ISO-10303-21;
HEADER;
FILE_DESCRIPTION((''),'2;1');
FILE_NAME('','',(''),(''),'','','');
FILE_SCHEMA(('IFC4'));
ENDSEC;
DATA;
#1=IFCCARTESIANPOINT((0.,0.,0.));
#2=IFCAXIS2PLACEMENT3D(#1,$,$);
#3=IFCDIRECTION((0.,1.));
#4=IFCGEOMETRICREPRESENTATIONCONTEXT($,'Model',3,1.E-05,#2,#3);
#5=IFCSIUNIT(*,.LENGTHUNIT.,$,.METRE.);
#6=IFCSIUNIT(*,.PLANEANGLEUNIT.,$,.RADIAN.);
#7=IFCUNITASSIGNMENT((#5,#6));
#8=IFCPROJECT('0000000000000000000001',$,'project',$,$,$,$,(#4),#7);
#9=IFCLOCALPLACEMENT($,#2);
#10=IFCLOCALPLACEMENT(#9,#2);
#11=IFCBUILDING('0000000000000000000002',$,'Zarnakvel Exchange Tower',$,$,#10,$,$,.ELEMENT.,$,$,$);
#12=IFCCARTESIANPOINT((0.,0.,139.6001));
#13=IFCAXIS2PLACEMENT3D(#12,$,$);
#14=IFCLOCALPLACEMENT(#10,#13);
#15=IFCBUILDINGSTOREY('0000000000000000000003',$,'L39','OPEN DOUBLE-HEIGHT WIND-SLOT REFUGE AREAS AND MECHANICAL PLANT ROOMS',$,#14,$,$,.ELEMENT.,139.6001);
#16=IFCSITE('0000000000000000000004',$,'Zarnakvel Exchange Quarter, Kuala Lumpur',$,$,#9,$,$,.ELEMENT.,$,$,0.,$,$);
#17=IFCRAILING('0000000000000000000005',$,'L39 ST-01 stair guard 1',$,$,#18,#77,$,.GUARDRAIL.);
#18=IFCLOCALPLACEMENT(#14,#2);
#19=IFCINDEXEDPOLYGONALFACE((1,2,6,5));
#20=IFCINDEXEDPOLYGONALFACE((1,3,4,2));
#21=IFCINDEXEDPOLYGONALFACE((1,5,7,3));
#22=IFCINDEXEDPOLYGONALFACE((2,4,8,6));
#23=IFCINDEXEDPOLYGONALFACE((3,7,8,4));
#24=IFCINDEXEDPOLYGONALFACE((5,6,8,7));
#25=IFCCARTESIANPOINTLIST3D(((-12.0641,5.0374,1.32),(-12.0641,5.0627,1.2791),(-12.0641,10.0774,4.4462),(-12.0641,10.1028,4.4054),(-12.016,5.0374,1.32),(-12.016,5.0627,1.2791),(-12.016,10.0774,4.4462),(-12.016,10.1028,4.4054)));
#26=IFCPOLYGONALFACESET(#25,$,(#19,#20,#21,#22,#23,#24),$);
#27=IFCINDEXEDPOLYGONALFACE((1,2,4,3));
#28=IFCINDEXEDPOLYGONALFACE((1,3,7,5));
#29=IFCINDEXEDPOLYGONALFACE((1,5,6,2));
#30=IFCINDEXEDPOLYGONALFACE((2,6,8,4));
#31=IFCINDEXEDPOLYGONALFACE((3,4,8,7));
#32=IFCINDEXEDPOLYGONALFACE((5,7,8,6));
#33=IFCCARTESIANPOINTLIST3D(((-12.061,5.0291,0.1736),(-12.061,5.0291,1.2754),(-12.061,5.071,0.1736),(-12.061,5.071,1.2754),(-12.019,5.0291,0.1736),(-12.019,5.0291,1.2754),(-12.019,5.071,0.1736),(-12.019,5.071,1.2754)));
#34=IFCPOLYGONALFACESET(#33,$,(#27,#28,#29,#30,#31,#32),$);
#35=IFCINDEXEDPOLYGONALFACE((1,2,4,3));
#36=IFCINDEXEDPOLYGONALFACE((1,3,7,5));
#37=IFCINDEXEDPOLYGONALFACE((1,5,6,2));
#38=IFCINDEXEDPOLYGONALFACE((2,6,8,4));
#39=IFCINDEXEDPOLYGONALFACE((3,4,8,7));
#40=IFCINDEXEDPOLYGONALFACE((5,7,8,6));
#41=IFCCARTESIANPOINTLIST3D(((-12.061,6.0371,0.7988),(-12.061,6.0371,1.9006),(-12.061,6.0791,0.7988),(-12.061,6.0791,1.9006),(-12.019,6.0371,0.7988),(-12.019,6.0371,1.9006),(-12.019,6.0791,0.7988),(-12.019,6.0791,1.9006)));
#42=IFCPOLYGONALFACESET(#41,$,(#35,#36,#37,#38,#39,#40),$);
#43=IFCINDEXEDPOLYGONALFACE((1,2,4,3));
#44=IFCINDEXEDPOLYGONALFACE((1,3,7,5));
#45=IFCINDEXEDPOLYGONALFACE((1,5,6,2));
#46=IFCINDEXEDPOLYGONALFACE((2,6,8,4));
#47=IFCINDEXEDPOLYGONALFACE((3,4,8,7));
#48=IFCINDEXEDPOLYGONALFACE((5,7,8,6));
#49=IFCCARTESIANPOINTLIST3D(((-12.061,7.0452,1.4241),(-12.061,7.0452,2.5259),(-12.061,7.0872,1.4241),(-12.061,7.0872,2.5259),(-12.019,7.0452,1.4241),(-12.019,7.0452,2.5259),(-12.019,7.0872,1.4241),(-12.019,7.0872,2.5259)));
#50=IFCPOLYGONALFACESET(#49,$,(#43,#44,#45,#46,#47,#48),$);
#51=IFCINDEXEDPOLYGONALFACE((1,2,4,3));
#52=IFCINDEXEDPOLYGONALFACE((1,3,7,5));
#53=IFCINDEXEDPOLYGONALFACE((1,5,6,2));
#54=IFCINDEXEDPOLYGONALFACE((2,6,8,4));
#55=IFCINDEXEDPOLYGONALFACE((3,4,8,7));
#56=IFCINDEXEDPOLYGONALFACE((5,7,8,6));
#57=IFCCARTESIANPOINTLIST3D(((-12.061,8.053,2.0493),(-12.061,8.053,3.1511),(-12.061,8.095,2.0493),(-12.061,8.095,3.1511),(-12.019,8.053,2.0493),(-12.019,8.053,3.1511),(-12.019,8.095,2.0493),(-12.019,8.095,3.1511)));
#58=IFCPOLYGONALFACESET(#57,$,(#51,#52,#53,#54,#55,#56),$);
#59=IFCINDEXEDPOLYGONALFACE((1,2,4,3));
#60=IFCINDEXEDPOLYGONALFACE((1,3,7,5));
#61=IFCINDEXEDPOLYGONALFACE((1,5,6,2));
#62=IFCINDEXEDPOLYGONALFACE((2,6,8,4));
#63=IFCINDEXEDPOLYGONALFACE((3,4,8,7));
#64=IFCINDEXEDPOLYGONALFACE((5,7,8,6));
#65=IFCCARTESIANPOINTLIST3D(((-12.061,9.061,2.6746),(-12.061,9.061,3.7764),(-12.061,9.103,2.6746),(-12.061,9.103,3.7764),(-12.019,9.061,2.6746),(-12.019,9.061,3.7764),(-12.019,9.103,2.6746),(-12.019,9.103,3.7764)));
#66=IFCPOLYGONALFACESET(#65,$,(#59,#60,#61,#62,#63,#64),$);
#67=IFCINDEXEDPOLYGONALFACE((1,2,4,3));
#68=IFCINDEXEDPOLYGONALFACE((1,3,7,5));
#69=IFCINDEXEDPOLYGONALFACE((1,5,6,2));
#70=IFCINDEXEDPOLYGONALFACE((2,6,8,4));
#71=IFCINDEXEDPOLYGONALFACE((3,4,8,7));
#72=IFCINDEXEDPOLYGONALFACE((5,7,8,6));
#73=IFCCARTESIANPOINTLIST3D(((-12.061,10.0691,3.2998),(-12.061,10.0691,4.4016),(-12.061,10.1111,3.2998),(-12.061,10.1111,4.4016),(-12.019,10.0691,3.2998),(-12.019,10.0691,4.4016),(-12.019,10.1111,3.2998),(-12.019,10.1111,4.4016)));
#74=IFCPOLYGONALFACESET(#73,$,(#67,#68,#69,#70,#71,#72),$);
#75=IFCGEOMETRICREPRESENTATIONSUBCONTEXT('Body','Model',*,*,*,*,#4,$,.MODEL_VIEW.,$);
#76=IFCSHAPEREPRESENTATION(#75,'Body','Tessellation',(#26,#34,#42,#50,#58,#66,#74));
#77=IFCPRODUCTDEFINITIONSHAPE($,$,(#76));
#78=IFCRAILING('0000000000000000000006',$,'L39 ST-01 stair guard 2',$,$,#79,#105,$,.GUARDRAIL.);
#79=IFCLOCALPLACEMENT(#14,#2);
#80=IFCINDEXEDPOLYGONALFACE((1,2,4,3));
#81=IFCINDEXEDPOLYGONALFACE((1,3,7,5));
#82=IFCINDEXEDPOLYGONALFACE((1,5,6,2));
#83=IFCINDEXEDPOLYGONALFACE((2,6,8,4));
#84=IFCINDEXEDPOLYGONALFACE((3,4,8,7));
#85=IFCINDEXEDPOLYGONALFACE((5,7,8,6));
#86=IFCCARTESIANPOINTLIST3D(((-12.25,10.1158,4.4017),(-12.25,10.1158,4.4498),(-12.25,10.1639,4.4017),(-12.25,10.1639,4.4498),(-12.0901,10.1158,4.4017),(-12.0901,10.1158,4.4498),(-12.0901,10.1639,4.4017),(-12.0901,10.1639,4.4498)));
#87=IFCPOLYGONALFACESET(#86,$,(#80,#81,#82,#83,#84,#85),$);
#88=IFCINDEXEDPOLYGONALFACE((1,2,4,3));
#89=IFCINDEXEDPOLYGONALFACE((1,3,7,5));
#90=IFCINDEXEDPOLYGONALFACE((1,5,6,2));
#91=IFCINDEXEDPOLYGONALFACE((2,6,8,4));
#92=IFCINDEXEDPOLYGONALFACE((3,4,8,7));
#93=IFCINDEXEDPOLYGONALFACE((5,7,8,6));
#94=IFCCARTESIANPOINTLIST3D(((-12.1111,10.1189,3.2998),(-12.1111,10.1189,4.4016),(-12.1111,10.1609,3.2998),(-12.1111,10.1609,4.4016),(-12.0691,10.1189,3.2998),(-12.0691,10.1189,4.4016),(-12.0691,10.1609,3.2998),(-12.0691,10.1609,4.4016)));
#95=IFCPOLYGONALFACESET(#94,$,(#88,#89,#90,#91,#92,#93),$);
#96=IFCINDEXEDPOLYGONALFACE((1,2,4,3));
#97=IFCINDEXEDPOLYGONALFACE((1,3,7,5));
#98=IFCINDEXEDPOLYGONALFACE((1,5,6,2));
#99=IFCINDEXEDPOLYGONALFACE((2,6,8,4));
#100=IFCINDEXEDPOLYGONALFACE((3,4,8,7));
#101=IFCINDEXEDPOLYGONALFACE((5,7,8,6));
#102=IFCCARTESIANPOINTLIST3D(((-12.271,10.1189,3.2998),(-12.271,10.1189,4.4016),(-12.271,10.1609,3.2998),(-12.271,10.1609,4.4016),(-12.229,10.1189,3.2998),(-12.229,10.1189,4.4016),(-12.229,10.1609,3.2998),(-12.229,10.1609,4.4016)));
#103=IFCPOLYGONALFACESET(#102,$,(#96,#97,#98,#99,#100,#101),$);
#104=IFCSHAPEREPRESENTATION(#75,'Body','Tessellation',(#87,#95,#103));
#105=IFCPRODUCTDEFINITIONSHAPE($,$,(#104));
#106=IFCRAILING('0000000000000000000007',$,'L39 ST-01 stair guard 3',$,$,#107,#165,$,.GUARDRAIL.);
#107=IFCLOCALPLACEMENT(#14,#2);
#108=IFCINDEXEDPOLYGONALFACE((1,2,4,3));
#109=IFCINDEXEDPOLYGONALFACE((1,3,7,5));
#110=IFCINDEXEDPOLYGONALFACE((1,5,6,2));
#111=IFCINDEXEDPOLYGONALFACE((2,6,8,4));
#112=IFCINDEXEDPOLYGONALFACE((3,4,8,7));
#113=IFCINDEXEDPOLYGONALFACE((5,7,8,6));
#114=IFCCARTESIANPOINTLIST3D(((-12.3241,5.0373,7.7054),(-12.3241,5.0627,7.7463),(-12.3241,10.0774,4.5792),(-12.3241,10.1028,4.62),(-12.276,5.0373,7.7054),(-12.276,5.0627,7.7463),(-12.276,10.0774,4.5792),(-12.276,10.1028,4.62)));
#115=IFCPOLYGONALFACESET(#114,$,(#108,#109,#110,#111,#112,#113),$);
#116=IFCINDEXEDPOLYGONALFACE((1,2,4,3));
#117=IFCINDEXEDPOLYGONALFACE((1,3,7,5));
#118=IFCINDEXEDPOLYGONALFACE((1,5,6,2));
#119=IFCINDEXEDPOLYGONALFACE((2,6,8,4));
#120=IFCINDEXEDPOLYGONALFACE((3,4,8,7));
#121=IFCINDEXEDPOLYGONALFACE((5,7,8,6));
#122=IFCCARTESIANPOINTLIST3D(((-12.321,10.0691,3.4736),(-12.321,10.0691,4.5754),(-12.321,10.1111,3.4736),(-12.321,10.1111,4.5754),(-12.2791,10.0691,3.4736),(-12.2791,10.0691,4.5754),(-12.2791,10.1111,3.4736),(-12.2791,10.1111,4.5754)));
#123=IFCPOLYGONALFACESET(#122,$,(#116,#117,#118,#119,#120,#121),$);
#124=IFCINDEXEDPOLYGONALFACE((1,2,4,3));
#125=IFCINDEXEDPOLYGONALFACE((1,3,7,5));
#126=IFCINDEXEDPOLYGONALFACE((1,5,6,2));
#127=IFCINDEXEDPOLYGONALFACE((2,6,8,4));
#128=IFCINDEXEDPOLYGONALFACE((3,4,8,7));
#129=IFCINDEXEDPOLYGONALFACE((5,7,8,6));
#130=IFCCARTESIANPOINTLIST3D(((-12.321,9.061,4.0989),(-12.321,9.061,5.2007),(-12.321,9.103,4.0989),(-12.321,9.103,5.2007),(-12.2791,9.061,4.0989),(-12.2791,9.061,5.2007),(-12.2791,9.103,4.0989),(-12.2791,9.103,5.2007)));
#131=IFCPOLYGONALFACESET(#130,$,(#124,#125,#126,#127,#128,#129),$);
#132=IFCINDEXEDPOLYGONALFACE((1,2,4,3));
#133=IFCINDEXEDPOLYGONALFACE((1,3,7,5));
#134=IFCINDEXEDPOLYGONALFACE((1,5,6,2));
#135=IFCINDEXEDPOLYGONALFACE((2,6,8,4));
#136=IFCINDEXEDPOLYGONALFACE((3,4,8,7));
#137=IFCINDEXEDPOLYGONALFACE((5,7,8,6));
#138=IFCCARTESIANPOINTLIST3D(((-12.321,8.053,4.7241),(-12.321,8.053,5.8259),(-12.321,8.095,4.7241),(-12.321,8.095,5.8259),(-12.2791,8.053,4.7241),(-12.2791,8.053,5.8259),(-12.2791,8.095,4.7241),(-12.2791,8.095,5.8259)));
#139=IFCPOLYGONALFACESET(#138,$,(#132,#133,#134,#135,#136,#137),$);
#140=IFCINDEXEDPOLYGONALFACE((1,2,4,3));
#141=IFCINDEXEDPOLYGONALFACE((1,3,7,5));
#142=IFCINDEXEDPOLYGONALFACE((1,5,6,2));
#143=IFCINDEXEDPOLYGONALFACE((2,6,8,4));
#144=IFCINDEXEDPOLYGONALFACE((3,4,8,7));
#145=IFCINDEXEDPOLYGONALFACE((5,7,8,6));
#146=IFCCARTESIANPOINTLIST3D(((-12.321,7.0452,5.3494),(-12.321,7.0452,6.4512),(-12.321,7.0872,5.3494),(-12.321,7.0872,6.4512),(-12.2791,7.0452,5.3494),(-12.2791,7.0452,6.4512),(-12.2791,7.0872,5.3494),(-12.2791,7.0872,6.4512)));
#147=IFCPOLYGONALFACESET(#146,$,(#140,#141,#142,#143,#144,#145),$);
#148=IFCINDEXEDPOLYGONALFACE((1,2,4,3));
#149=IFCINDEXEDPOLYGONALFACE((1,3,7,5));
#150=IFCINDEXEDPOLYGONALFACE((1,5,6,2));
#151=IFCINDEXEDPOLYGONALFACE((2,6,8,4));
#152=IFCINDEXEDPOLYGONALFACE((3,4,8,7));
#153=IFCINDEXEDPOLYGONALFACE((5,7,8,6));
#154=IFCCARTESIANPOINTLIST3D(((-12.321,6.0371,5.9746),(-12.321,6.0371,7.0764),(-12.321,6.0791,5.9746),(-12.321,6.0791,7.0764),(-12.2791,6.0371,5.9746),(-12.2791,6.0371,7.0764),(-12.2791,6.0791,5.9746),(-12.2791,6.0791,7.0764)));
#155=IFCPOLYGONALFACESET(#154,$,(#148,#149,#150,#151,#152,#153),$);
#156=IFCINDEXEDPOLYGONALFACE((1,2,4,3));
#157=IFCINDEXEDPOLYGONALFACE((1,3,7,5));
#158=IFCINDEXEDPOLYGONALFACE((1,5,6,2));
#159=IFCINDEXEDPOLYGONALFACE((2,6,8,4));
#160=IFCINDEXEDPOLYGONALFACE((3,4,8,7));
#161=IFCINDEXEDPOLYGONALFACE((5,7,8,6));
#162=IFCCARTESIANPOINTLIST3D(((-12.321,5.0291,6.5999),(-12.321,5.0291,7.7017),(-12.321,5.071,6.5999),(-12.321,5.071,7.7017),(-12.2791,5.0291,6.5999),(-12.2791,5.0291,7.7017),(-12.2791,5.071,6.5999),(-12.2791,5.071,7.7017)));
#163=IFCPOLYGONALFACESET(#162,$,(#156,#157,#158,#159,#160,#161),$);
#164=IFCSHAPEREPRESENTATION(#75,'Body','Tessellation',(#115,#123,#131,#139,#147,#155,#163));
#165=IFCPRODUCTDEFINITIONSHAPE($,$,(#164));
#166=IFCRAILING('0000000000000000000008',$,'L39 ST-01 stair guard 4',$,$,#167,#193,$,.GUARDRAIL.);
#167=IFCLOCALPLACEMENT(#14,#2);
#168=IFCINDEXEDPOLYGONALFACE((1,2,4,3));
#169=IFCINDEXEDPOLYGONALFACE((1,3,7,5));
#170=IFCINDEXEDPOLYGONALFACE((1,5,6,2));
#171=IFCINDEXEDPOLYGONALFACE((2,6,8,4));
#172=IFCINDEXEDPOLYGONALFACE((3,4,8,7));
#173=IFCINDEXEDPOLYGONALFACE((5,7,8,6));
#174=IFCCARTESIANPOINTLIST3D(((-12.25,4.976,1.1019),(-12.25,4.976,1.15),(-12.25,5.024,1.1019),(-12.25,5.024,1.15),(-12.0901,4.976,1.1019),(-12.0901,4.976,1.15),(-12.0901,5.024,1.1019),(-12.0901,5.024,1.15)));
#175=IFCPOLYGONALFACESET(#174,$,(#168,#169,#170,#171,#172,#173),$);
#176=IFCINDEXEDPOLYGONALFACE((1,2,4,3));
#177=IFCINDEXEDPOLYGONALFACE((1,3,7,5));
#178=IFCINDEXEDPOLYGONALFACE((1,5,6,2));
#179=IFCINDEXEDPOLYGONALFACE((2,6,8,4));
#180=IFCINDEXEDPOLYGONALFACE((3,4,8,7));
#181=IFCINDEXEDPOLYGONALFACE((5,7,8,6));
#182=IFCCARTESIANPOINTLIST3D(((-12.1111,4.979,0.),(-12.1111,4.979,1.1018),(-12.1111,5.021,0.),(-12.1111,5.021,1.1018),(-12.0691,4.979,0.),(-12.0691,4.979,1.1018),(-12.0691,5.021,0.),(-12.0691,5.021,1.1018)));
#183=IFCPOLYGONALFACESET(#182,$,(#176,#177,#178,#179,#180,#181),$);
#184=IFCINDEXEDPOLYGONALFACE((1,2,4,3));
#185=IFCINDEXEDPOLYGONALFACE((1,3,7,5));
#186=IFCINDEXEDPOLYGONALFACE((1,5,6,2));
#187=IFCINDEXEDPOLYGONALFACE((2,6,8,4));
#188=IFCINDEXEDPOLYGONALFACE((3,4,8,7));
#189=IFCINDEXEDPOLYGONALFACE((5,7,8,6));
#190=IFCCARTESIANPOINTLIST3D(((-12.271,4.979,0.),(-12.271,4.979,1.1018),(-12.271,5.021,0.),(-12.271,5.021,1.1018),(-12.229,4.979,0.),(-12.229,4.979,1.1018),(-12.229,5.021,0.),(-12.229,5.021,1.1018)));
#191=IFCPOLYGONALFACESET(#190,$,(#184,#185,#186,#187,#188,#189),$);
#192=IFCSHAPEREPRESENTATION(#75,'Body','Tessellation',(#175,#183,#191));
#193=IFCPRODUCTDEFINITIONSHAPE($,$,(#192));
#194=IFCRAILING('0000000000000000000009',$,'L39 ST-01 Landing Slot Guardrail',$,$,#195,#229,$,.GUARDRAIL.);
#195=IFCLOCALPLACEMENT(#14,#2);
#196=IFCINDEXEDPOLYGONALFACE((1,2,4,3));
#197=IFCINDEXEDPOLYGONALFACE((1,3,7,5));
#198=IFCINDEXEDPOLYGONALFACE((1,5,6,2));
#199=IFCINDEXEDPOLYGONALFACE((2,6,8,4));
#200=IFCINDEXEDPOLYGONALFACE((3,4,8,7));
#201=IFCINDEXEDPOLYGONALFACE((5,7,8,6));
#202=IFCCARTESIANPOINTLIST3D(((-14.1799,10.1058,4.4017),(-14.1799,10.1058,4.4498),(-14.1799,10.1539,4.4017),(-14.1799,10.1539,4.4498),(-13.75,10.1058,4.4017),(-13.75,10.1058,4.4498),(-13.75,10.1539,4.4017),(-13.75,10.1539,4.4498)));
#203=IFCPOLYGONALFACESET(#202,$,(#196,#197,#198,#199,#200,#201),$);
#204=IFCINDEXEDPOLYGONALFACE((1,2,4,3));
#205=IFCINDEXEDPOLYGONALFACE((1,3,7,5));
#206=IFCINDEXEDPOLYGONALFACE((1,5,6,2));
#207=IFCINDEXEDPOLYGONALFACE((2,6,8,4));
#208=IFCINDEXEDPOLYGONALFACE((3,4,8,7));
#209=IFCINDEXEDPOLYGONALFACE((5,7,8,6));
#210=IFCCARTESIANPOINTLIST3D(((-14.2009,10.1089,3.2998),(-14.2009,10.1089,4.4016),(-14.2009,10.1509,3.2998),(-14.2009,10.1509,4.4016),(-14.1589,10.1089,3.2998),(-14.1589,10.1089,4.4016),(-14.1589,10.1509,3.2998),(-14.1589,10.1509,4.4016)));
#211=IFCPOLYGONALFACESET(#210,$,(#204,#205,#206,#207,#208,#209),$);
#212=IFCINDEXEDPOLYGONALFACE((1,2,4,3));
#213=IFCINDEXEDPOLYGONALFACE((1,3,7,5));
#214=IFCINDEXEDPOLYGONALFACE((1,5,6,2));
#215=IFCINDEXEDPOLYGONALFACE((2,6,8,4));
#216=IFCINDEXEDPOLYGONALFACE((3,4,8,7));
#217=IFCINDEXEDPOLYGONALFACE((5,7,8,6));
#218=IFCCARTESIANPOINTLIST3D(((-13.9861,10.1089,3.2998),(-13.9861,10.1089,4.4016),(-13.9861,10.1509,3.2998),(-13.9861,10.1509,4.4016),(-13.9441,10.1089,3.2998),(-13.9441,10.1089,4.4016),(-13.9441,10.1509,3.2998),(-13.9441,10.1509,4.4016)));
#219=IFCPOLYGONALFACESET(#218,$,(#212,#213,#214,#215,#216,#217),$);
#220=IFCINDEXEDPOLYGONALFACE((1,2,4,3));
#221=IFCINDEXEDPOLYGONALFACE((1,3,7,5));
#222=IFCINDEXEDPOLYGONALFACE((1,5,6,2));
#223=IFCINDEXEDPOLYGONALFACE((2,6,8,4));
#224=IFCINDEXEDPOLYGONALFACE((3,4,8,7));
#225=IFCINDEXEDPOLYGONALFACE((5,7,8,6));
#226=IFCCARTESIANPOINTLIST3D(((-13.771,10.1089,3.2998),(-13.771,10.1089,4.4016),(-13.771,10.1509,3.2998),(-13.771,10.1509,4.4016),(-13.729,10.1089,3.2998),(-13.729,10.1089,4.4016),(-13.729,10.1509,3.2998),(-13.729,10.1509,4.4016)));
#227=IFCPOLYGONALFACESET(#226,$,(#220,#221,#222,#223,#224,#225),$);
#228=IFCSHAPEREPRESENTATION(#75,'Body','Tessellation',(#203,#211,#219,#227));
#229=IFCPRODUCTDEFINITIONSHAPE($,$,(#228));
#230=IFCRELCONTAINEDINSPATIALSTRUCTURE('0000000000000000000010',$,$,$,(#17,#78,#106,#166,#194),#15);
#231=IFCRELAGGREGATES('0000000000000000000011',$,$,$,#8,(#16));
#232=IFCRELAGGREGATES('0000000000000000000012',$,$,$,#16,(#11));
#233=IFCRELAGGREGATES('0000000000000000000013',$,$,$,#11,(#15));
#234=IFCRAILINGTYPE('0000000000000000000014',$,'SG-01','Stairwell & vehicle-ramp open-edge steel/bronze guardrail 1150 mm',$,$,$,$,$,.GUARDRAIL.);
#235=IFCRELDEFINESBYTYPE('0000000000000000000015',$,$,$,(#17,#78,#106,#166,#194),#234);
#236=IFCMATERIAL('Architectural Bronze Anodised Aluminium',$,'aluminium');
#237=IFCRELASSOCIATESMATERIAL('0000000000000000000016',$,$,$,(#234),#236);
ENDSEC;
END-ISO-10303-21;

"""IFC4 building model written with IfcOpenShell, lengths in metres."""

from ifc_helpers import new_model, si_unit, direction, frame, origin, origin_2d, place, context, subcontext, project, spatial, rectangle, extrude, material, type_object, element, save


model = new_model("IFC4")

# Units and contexts
model_context = context("Model", 3, precision=1e-05, world=origin(), true_north=direction((0.0, 1.0)))
body_context = subcontext(model_context, "Body", "Model", "MODEL_VIEW")
ifc_project = project(units=[si_unit("LENGTHUNIT", "METRE"), si_unit("PLANEANGLEUNIT", "RADIAN")], contexts=[model_context])

# Site, building, storey
site_placement = place(None, origin())
site = spatial("IfcSite", under=ifc_project, at=site_placement, Name="Zarnakvel Exchange Quarter, Kuala Lumpur", CompositionType="ELEMENT", RefElevation=0.0)
building_placement = place(site_placement, origin())
building = spatial("IfcBuilding", under=site, at=building_placement, Name="Zarnakvel Exchange Tower", CompositionType="ELEMENT")
storey_placement = place(building_placement, frame((0.0, 0.0, 139.6001)))
storey = spatial("IfcBuildingStorey", under=building, at=storey_placement, Name="L39", Description="OPEN DOUBLE-HEIGHT WIND-SLOT REFUGE AREAS AND MECHANICAL PLANT ROOMS", CompositionType="ELEMENT", Elevation=139.6001)

# Railings
ifc_material_1 = material(Name="Architectural Bronze Anodised Aluminium", Category="aluminium")
railing_type_1 = type_object("IfcRailingType", Name="SG-01", Description="Stairwell & vehicle-ramp open-edge steel/bronze guardrail 1150 mm", PredefinedType="GUARDRAIL", material=ifc_material_1)
railing_1_placement = place(storey_placement, frame((-12.04, 5.05, 0.1736)))
element("IfcRailing", 1, at=railing_1_placement, inside=storey, type_object=railing_type_1, Name="L39 ST-01 stair guard 1", PredefinedType="GUARDRAIL", context=body_context, shape_type="SweptSolid", body=[
    extrude(rectangle(XDim=0.0481, YDim=0.0481, at=origin_2d()), frame((0.0, 0.0, 1.126), z_axis=(0.0, 0.849797, 0.52711), x_axis=(-1.0, 0.0, 0.0)), (0.0, 0.0, 1.0), 5.9309),
    extrude(rectangle(XDim=0.042, YDim=0.042, at=origin_2d()), origin(), (0.0, 0.0, 1.0), 1.1018),
    extrude(rectangle(XDim=0.042, YDim=0.042, at=origin_2d()), frame((0.0, 1.0081, 0.6252)), (0.0, 0.0, 1.0), 1.1018),
    extrude(rectangle(XDim=0.042, YDim=0.042, at=origin_2d()), frame((0.0, 2.0161, 1.2505)), (0.0, 0.0, 1.0), 1.1018),
    extrude(rectangle(XDim=0.042, YDim=0.042, at=origin_2d()), frame((0.0, 3.0239, 1.8757)), (0.0, 0.0, 1.0), 1.1018),
    extrude(rectangle(XDim=0.042, YDim=0.042, at=origin_2d()), frame((0.0, 4.032, 2.501)), (0.0, 0.0, 1.0), 1.1018),
    extrude(rectangle(XDim=0.042, YDim=0.042, at=origin_2d()), frame((0.0, 5.04, 3.1262)), (0.0, 0.0, 1.0), 1.1018),
])
railing_2_placement = place(storey_placement, frame((-12.0901, 10.1399, 3.2998)))
element("IfcRailing", 2, at=railing_2_placement, inside=storey, type_object=railing_type_1, Name="L39 ST-01 stair guard 2", PredefinedType="GUARDRAIL", context=body_context, shape_type="SweptSolid", body=[
    extrude(rectangle(XDim=0.0481, YDim=0.0481, at=origin_2d()), frame((0.0, 0.0, 1.126), z_axis=(-1.0, 0.0, 0.0), x_axis=(0.0, -1.0, 0.0)), (0.0, 0.0, 1.0), 0.1599),
    extrude(rectangle(XDim=0.042, YDim=0.042, at=origin_2d()), origin(), (0.0, 0.0, 1.0), 1.1018),
    extrude(rectangle(XDim=0.042, YDim=0.042, at=origin_2d()), frame((-0.1599, 0.0, 0.0)), (0.0, 0.0, 1.0), 1.1018),
])
railing_3_placement = place(storey_placement, frame((-12.3, 10.0901, 3.4736)))
element("IfcRailing", 3, at=railing_3_placement, inside=storey, type_object=railing_type_1, Name="L39 ST-01 stair guard 3", PredefinedType="GUARDRAIL", context=body_context, shape_type="SweptSolid", body=[
    extrude(rectangle(XDim=0.0481, YDim=0.0481, at=origin_2d()), frame((0.0, 0.0, 1.126), z_axis=(0.0, -0.849797, 0.52711), x_axis=(1.0, 0.0, 0.0)), (0.0, 0.0, 1.0), 5.9309),
    extrude(rectangle(XDim=0.042, YDim=0.042, at=origin_2d()), origin(), (0.0, 0.0, 1.0), 1.1018),
    extrude(rectangle(XDim=0.042, YDim=0.042, at=origin_2d()), frame((0.0, -1.0081, 0.6252)), (0.0, 0.0, 1.0), 1.1018),
    extrude(rectangle(XDim=0.042, YDim=0.042, at=origin_2d()), frame((0.0, -2.0161, 1.2505)), (0.0, 0.0, 1.0), 1.1018),
    extrude(rectangle(XDim=0.042, YDim=0.042, at=origin_2d()), frame((0.0, -3.0239, 1.8757)), (0.0, 0.0, 1.0), 1.1018),
    extrude(rectangle(XDim=0.042, YDim=0.042, at=origin_2d()), frame((0.0, -4.032, 2.501)), (0.0, 0.0, 1.0), 1.1018),
    extrude(rectangle(XDim=0.042, YDim=0.042, at=origin_2d()), frame((0.0, -5.04, 3.1262)), (0.0, 0.0, 1.0), 1.1018),
])
railing_4_placement = place(storey_placement, frame((-12.0901, 5.0, 0.0)))
element("IfcRailing", 4, at=railing_4_placement, inside=storey, type_object=railing_type_1, Name="L39 ST-01 stair guard 4", PredefinedType="GUARDRAIL", context=body_context, shape_type="SweptSolid", body=[
    extrude(rectangle(XDim=0.0481, YDim=0.0481, at=origin_2d()), frame((0.0, 0.0, 1.126), z_axis=(-1.0, 0.0, 0.0), x_axis=(0.0, -1.0, 0.0)), (0.0, 0.0, 1.0), 0.1599),
    extrude(rectangle(XDim=0.042, YDim=0.042, at=origin_2d()), origin(), (0.0, 0.0, 1.0), 1.1018),
    extrude(rectangle(XDim=0.042, YDim=0.042, at=origin_2d()), frame((-0.1599, 0.0, 0.0)), (0.0, 0.0, 1.0), 1.1018),
])
railing_5_placement = place(storey_placement, frame((-14.1799, 10.1299, 3.2998)))
element("IfcRailing", 5, at=railing_5_placement, inside=storey, type_object=railing_type_1, Name="L39 ST-01 Landing Slot Guardrail", PredefinedType="GUARDRAIL", context=body_context, shape_type="SweptSolid", body=[
    extrude(rectangle(XDim=0.0481, YDim=0.0481, at=origin_2d()), frame((0.0, 0.0, 1.126), z_axis=(1.0, 0.0, 0.0), x_axis=(0.0, 1.0, 0.0)), (0.0, 0.0, 1.0), 0.4299),
    extrude(rectangle(XDim=0.042, YDim=0.042, at=origin_2d()), origin(), (0.0, 0.0, 1.0), 1.1018),
    extrude(rectangle(XDim=0.042, YDim=0.042, at=origin_2d()), frame((0.2148, 0.0, 0.0)), (0.0, 0.0, 1.0), 1.1018),
    extrude(rectangle(XDim=0.042, YDim=0.042, at=origin_2d()), frame((0.4299, 0.0, 0.0)), (0.0, 0.0, 1.0), 1.1018),
])

save(model, "model.ifc")
